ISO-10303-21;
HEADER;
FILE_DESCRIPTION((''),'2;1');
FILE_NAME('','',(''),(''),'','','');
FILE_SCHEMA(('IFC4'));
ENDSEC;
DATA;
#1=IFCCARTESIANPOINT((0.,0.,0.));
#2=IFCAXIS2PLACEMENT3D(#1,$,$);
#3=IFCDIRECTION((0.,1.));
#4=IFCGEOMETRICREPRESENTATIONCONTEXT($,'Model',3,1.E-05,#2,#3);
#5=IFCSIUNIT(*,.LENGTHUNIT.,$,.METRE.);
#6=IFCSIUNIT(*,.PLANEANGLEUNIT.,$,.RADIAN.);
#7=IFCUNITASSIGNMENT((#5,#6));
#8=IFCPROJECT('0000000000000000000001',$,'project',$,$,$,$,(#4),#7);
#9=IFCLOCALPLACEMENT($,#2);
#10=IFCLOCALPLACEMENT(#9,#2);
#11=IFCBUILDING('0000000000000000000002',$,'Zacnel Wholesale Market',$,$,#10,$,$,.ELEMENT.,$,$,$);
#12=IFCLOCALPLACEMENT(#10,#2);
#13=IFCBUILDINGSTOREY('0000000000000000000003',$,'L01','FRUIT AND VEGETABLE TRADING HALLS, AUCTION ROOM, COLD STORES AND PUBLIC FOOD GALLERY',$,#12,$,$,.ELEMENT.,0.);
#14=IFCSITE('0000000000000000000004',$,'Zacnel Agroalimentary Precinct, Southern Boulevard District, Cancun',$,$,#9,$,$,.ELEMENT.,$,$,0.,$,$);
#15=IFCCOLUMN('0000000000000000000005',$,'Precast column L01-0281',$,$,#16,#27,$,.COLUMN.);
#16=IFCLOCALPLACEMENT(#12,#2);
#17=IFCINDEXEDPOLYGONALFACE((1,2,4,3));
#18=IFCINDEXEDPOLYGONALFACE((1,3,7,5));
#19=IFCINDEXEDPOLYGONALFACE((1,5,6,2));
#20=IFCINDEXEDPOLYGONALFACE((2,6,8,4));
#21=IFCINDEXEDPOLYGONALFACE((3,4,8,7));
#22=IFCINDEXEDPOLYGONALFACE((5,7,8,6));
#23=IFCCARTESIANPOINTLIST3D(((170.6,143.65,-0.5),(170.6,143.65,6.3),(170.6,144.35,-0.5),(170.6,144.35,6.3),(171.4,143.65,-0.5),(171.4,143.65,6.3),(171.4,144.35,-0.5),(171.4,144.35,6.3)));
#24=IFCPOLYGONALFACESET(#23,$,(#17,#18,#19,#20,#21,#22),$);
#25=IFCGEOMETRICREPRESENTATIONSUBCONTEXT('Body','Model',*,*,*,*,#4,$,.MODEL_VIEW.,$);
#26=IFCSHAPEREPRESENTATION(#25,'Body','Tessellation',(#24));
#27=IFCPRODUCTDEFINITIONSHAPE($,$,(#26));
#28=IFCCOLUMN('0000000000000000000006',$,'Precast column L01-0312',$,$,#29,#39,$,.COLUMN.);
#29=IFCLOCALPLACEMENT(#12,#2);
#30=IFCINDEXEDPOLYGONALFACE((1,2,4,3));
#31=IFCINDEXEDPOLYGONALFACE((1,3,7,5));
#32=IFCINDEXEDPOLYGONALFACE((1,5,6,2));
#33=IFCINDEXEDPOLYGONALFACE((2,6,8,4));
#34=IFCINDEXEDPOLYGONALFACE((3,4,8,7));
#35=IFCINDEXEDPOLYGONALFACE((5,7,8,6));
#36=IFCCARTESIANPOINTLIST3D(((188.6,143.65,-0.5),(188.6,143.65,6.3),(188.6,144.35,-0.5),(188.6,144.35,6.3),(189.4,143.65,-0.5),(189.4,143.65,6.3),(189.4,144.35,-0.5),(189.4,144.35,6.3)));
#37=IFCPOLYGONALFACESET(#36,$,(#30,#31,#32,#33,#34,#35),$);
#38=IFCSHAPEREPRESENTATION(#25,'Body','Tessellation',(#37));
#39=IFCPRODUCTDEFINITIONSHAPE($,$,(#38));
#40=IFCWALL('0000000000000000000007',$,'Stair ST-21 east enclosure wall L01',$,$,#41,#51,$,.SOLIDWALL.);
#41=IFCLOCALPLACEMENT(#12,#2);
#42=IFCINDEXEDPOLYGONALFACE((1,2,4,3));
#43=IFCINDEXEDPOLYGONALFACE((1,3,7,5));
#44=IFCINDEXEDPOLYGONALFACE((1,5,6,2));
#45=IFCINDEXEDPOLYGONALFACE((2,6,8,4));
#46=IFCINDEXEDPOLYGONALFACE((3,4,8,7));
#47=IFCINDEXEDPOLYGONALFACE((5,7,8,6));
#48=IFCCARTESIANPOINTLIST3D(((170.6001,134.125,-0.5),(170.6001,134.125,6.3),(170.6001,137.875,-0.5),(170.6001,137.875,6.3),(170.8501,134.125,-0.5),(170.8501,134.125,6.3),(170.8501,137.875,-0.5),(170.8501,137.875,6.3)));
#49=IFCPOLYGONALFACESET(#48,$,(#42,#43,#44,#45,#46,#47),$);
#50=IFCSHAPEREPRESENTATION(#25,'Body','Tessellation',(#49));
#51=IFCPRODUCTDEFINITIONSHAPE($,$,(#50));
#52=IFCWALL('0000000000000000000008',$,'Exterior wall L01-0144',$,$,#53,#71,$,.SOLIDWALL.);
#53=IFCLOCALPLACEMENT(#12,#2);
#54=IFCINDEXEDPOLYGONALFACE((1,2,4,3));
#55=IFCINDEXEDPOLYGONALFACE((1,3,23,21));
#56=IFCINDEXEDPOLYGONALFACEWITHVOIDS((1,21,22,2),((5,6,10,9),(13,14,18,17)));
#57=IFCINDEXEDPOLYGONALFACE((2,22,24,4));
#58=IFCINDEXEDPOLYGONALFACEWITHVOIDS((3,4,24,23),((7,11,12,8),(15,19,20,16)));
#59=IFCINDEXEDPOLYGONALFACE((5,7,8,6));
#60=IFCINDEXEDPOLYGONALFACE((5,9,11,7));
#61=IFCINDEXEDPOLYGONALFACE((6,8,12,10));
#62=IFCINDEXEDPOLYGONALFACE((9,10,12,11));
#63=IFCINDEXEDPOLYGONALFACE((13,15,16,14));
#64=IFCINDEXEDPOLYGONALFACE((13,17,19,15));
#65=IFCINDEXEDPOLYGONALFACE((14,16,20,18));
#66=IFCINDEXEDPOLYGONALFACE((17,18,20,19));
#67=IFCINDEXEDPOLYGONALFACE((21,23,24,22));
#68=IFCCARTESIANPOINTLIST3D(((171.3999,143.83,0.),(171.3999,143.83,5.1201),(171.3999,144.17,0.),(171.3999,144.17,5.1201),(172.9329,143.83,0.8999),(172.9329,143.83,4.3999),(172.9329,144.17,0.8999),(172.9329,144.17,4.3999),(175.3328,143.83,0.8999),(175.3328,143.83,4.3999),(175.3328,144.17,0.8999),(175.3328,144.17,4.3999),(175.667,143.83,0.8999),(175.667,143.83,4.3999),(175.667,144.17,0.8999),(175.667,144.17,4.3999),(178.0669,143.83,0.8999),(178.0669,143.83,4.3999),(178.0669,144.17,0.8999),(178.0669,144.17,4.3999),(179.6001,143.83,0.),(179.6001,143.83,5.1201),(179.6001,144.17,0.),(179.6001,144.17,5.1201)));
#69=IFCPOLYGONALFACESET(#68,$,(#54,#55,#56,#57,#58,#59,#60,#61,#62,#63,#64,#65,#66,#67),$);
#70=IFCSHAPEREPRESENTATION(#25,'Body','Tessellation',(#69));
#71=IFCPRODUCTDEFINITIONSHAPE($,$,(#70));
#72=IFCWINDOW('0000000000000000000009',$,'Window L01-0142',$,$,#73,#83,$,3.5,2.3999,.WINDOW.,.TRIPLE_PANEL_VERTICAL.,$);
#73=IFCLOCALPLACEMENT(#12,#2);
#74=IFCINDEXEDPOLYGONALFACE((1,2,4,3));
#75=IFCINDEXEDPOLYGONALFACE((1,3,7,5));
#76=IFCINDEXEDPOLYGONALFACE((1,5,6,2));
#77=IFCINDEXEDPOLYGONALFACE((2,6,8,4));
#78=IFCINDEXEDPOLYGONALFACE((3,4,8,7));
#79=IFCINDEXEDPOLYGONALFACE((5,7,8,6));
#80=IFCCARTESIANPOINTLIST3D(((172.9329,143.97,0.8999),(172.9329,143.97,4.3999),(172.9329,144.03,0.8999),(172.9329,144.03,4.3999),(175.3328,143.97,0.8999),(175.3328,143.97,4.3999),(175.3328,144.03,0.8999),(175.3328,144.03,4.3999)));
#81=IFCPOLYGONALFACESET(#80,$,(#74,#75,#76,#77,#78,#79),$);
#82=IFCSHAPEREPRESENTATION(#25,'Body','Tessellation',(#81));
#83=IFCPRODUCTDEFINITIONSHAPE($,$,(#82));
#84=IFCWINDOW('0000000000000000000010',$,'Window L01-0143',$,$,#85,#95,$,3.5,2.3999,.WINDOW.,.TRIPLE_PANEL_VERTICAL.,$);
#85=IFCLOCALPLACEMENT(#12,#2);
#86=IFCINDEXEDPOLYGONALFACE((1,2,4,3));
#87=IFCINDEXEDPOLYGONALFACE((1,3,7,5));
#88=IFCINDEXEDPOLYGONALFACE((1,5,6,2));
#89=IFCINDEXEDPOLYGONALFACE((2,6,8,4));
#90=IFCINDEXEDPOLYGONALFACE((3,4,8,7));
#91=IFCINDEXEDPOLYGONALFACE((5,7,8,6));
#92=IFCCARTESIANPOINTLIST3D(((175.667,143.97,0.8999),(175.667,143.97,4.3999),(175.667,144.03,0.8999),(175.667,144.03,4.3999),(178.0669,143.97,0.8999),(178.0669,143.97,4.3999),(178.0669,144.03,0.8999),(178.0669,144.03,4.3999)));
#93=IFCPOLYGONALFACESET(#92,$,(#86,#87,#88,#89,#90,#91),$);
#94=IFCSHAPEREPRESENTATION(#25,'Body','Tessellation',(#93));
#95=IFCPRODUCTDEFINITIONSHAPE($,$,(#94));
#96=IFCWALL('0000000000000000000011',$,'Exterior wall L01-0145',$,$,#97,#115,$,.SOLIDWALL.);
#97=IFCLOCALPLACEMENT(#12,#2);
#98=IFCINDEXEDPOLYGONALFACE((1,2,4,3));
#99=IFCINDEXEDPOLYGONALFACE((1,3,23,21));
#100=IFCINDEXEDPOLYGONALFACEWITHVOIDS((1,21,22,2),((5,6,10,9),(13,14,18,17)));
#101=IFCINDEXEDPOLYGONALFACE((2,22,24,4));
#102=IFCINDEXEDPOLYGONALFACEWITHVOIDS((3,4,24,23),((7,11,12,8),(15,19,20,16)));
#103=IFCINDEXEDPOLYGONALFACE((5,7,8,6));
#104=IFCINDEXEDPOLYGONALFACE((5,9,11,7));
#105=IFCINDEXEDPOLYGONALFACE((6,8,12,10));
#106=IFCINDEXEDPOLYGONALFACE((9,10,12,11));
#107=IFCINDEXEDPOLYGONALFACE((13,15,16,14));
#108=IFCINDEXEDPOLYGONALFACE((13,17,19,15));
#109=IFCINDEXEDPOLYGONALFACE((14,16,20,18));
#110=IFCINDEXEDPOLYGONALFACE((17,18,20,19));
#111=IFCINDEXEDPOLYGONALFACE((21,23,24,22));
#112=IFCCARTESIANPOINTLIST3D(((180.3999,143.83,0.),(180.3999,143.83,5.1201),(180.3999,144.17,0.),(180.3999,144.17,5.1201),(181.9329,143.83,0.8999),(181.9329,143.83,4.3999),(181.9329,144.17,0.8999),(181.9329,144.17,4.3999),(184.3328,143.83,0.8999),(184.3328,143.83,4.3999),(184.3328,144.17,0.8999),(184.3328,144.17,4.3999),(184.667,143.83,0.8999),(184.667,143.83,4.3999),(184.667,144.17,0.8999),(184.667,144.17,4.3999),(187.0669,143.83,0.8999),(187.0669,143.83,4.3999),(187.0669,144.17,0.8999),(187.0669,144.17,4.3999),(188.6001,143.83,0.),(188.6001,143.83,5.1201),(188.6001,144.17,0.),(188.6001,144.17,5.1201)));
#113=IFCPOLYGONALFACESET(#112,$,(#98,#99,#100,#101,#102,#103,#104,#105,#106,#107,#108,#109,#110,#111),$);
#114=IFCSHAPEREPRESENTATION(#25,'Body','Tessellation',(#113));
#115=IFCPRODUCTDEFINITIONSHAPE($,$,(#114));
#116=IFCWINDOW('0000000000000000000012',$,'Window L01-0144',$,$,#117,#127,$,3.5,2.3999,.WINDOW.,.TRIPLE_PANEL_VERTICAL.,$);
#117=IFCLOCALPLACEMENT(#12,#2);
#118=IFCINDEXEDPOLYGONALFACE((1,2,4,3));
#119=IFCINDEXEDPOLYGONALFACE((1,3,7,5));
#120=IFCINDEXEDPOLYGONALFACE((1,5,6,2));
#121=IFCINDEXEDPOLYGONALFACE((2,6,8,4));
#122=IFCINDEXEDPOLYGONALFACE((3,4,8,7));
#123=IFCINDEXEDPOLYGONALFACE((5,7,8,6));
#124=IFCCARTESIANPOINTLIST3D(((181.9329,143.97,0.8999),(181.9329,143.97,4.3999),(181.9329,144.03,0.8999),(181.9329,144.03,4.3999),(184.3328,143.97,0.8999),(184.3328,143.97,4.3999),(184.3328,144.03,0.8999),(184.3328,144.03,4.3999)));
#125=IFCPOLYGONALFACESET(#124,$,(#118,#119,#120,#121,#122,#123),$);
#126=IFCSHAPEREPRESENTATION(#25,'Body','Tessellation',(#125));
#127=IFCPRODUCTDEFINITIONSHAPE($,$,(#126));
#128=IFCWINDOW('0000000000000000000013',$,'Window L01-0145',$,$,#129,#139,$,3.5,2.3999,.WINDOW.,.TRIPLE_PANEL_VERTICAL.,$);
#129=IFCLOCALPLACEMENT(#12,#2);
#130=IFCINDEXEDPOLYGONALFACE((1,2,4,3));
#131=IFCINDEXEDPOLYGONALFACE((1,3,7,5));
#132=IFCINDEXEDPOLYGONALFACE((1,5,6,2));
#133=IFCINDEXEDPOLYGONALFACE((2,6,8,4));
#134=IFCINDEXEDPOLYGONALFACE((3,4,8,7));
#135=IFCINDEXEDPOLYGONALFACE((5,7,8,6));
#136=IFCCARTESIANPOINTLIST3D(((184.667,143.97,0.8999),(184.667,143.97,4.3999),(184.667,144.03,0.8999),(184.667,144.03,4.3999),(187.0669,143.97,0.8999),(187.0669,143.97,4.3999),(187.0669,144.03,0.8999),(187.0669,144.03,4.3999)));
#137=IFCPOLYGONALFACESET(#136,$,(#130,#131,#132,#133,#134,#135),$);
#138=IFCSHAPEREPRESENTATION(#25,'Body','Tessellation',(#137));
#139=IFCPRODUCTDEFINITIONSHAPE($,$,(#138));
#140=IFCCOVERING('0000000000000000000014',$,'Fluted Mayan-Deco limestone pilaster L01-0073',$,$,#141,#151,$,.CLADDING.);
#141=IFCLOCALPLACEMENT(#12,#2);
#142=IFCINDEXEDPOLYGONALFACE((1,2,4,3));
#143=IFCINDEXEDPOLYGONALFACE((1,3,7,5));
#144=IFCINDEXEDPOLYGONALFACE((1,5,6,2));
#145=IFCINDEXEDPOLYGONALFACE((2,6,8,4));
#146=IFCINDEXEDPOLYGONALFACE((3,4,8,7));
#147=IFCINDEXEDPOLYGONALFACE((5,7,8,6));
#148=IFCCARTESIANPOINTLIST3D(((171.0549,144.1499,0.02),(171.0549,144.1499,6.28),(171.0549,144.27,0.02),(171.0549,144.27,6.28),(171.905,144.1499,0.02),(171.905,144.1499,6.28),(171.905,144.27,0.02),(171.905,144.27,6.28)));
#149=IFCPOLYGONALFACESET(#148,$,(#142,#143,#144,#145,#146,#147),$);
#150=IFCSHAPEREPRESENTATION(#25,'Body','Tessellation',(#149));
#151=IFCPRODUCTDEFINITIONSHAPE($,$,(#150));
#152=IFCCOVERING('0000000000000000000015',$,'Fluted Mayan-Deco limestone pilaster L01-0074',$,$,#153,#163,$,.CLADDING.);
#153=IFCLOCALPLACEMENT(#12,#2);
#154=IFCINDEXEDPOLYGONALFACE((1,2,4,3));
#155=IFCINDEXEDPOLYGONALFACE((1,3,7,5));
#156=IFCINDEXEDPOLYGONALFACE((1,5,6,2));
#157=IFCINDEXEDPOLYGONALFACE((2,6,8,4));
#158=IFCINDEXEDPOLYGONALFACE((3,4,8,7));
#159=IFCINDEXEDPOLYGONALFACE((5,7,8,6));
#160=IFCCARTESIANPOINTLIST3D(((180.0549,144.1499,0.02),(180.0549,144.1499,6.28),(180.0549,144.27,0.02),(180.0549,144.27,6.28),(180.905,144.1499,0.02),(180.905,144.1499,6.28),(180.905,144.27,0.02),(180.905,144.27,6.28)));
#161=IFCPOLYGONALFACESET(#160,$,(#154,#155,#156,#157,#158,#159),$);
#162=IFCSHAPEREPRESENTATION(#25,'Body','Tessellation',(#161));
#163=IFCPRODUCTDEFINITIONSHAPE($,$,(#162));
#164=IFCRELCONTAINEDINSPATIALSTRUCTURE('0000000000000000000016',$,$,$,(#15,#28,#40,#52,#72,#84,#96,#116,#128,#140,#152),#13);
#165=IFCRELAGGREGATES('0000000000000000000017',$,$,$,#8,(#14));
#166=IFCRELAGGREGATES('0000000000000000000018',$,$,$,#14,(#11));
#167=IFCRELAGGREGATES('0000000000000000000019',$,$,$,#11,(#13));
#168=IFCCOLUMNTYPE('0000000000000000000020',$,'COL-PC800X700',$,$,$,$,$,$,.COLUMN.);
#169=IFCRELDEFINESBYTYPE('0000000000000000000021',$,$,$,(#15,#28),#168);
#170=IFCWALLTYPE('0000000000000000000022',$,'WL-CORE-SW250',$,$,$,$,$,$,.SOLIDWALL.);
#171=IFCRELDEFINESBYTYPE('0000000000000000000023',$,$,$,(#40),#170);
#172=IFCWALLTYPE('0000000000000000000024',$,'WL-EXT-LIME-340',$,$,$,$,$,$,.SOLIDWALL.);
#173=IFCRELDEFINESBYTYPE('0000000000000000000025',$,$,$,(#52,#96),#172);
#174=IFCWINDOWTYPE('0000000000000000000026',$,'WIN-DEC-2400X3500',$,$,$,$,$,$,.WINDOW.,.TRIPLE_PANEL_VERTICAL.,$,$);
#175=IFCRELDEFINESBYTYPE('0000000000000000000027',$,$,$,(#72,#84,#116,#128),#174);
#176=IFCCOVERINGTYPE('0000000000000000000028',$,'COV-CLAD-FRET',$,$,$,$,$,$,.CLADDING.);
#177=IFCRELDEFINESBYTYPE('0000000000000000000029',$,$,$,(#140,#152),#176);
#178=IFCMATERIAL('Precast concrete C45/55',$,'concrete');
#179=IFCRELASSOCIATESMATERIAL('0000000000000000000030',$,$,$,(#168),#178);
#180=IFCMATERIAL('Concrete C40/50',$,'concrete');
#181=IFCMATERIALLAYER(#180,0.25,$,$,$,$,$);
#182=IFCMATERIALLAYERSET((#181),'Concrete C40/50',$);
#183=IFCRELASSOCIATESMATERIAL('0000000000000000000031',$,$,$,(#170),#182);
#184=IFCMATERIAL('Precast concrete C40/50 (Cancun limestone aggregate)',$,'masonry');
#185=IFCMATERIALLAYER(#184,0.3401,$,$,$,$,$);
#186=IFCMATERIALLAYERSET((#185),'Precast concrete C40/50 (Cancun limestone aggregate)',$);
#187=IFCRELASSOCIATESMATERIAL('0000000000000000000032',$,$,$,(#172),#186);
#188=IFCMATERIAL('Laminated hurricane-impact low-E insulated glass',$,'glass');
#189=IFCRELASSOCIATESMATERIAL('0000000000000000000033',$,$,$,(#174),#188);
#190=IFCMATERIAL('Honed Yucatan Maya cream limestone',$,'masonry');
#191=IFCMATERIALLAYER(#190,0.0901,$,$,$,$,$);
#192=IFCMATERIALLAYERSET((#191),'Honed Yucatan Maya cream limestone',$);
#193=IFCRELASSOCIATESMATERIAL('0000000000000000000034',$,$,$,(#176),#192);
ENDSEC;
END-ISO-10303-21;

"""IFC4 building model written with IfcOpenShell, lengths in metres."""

from ifc_helpers import new_model, si_unit, direction, frame, frame_2d, origin, origin_2d, place, context, subcontext, project, spatial, rectangle, extrude, material, layer, layer_set, material_profile, profile_set, type_object, element, fill, save


model = new_model("IFC4")

# Units and contexts
model_context = context("Model", 3, precision=1e-05, world=origin(), true_north=direction((0.0, 1.0)))
body_context = subcontext(model_context, "Body", "Model", "MODEL_VIEW")
ifc_project = project(units=[si_unit("LENGTHUNIT", "METRE"), si_unit("PLANEANGLEUNIT", "RADIAN")], contexts=[model_context])

# Site, building, storey
site_placement = place(None, origin())
site = spatial("IfcSite", under=ifc_project, at=site_placement, Name="Zacnel Agroalimentary Precinct, Southern Boulevard District, Cancun", CompositionType="ELEMENT", RefElevation=0.0)
building_placement = place(site_placement, origin())
building = spatial("IfcBuilding", under=site, at=building_placement, Name="Zacnel Wholesale Market", CompositionType="ELEMENT")
storey_placement = place(building_placement, origin())
storey = spatial("IfcBuildingStorey", under=building, at=storey_placement, Name="L01", Description="FRUIT AND VEGETABLE TRADING HALLS, AUCTION ROOM, COLD STORES AND PUBLIC FOOD GALLERY", CompositionType="ELEMENT", Elevation=0.0)

# Columns
ifc_material_1 = material(Name="Precast concrete C45/55", Category="concrete")
ifc_material_profile_1 = material_profile(ifc_material_1, rectangle(XDim=0.8, YDim=0.7, at=origin_2d()), Name="PC 800x700")
ifc_profile_set_1 = profile_set([ifc_material_profile_1], Name="Precast concrete C45/55")
column_type_1 = type_object("IfcColumnType", Name="COL-PC800X700", PredefinedType="COLUMN", material=ifc_profile_set_1)
for number, where, z_axis, x_axis, name in (
    (1, (171.0, 144.0, -0.5), (0.0, 0.0, 1.0), (1.0, 0.0, 0.0), "Precast column L01-0281"),
    (2, (189.0, 144.0, -0.5), (0.0, 0.0, 1.0), (1.0, 0.0, 0.0), "Precast column L01-0312"),
):
    element("IfcColumn", number, at=place(storey_placement, frame(where, z_axis=z_axis, x_axis=x_axis)), inside=storey, type_object=column_type_1, Name=name, PredefinedType="COLUMN", context=body_context, shape_type="SweptSolid", body=[
        extrude(rectangle(XDim=0.8, YDim=0.7, at=origin_2d()), origin(), (0.0, 0.0, 1.0), 6.8),
    ])

# Wall
ifc_material_2 = material(Name="Concrete C40/50", Category="concrete")
ifc_layer_1 = layer(ifc_material_2, 0.25)
ifc_layer_set_1 = layer_set([ifc_layer_1], Name="Concrete C40/50")
wall_type_1 = type_object("IfcWallType", Name="WL-CORE-SW250", PredefinedType="SOLIDWALL", material=ifc_layer_set_1)
wall_1_placement = place(storey_placement, frame((170.7251, 134.125, -0.5), z_axis=(0.0, 0.0, 1.0), x_axis=(0.0, 1.0, 0.0)))
element("IfcWall", 3, at=wall_1_placement, inside=storey, type_object=wall_type_1, Name="Stair ST-21 east enclosure wall L01", PredefinedType="SOLIDWALL", context=body_context, shape_type="SweptSolid", body=[
    extrude(rectangle(XDim=3.75, YDim=0.25, at=frame_2d((1.875, 0.0))), origin(), (0.0, 0.0, 1.0), 6.8),
])

# Walls, openings, windows
ifc_material_3 = material(Name="Precast concrete C40/50 (Cancun limestone aggregate)", Category="masonry")
ifc_layer_2 = layer(ifc_material_3, 0.3401)
ifc_layer_set_2 = layer_set([ifc_layer_2], Name="Precast concrete C40/50 (Cancun limestone aggregate)")
wall_type_2 = type_object("IfcWallType", Name="WL-EXT-LIME-340", PredefinedType="SOLIDWALL", material=ifc_layer_set_2)
wall_2_placement = place(storey_placement, frame((171.3999, 144.0, 0.0), z_axis=(0.0, 0.0, 1.0), x_axis=(1.0, 0.0, 0.0)))
wall_2 = element("IfcWall", 4, at=wall_2_placement, inside=storey, type_object=wall_type_2, Name="Exterior wall L01-0144", PredefinedType="SOLIDWALL", context=body_context, shape_type="SweptSolid", body=[
    extrude(rectangle(XDim=8.2002, YDim=0.3401, at=frame_2d((4.1001, 0.0))), origin(), (0.0, 0.0, 1.0), 5.1201),
])
opening_1_placement = place(wall_2_placement, frame((1.533, 0.0, 0.8999)))
opening_1 = element("IfcOpeningElement", 5, at=opening_1_placement, cuts=wall_2, PredefinedType="OPENING", context=body_context, shape_type="SweptSolid", body=[
    extrude(rectangle(XDim=2.3999, YDim=3.5, at=frame_2d((1.2, 1.75))), frame((0.0, 0.1799, 0.0), z_axis=(0.0, -1.0, 0.0), x_axis=(1.0, 0.0, 0.0)), (0.0, 0.0, 1.0), 0.3601),
])
opening_2_placement = place(wall_2_placement, frame((4.2671, 0.0, 0.8999)))
opening_2 = element("IfcOpeningElement", 6, at=opening_2_placement, cuts=wall_2, PredefinedType="OPENING", context=body_context, shape_type="SweptSolid", body=[
    extrude(rectangle(XDim=2.3999, YDim=3.5, at=frame_2d((1.2, 1.75))), frame((0.0, 0.1799, 0.0), z_axis=(0.0, -1.0, 0.0), x_axis=(1.0, 0.0, 0.0)), (0.0, 0.0, 1.0), 0.3601),
])
ifc_material_4 = material(Name="Laminated hurricane-impact low-E insulated glass", Category="glass")
window_type = type_object("IfcWindowType", Name="WIN-DEC-2400X3500", PartitioningType="TRIPLE_PANEL_VERTICAL", PredefinedType="WINDOW", material=ifc_material_4)
window_1_placement = place(opening_1_placement, origin())
window_1 = element("IfcWindow", 7, at=window_1_placement, inside=storey, type_object=window_type, Name="Window L01-0142", OverallHeight=3.5, OverallWidth=2.3999, PartitioningType="TRIPLE_PANEL_VERTICAL", PredefinedType="WINDOW", context=body_context, shape_type="SweptSolid", body=[
    extrude(rectangle(XDim=2.3999, YDim=3.5, at=frame_2d((1.2, 1.75))), frame((0.0, 0.03, 0.0), z_axis=(0.0, -1.0, 0.0), x_axis=(1.0, 0.0, 0.0)), (0.0, 0.0, 1.0), 0.0601),
])
fill(opening_1, window_1)
window_2_placement = place(opening_2_placement, origin())
window_2 = element("IfcWindow", 8, at=window_2_placement, inside=storey, type_object=window_type, Name="Window L01-0143", OverallHeight=3.5, OverallWidth=2.3999, PartitioningType="TRIPLE_PANEL_VERTICAL", PredefinedType="WINDOW", context=body_context, shape_type="SweptSolid", body=[
    extrude(rectangle(XDim=2.3999, YDim=3.5, at=frame_2d((1.2, 1.75))), frame((0.0, 0.03, 0.0), z_axis=(0.0, -1.0, 0.0), x_axis=(1.0, 0.0, 0.0)), (0.0, 0.0, 1.0), 0.0601),
])
fill(opening_2, window_2)
wall_3_placement = place(storey_placement, frame((180.3999, 144.0, 0.0), z_axis=(0.0, 0.0, 1.0), x_axis=(1.0, 0.0, 0.0)))
wall_3 = element("IfcWall", 9, at=wall_3_placement, inside=storey, type_object=wall_type_2, Name="Exterior wall L01-0145", PredefinedType="SOLIDWALL", context=body_context, shape_type="SweptSolid", body=[
    extrude(rectangle(XDim=8.2002, YDim=0.3401, at=frame_2d((4.1001, 0.0))), origin(), (0.0, 0.0, 1.0), 5.1201),
])
opening_3_placement = place(wall_3_placement, frame((1.533, 0.0, 0.8999)))
opening_3 = element("IfcOpeningElement", 10, at=opening_3_placement, cuts=wall_3, PredefinedType="OPENING", context=body_context, shape_type="SweptSolid", body=[
    extrude(rectangle(XDim=2.3999, YDim=3.5, at=frame_2d((1.2, 1.75))), frame((0.0, 0.1799, 0.0), z_axis=(0.0, -1.0, 0.0), x_axis=(1.0, 0.0, 0.0)), (0.0, 0.0, 1.0), 0.3601),
])
opening_4_placement = place(wall_3_placement, frame((4.2671, 0.0, 0.8999)))
opening_4 = element("IfcOpeningElement", 11, at=opening_4_placement, cuts=wall_3, PredefinedType="OPENING", context=body_context, shape_type="SweptSolid", body=[
    extrude(rectangle(XDim=2.3999, YDim=3.5, at=frame_2d((1.2, 1.75))), frame((0.0, 0.1799, 0.0), z_axis=(0.0, -1.0, 0.0), x_axis=(1.0, 0.0, 0.0)), (0.0, 0.0, 1.0), 0.3601),
])
window_3_placement = place(opening_3_placement, origin())
window_3 = element("IfcWindow", 12, at=window_3_placement, inside=storey, type_object=window_type, Name="Window L01-0144", OverallHeight=3.5, OverallWidth=2.3999, PartitioningType="TRIPLE_PANEL_VERTICAL", PredefinedType="WINDOW", context=body_context, shape_type="SweptSolid", body=[
    extrude(rectangle(XDim=2.3999, YDim=3.5, at=frame_2d((1.2, 1.75))), frame((0.0, 0.03, 0.0), z_axis=(0.0, -1.0, 0.0), x_axis=(1.0, 0.0, 0.0)), (0.0, 0.0, 1.0), 0.0601),
])
fill(opening_3, window_3)
window_4_placement = place(opening_4_placement, origin())
window_4 = element("IfcWindow", 13, at=window_4_placement, inside=storey, type_object=window_type, Name="Window L01-0145", OverallHeight=3.5, OverallWidth=2.3999, PartitioningType="TRIPLE_PANEL_VERTICAL", PredefinedType="WINDOW", context=body_context, shape_type="SweptSolid", body=[
    extrude(rectangle(XDim=2.3999, YDim=3.5, at=frame_2d((1.2, 1.75))), frame((0.0, 0.03, 0.0), z_axis=(0.0, -1.0, 0.0), x_axis=(1.0, 0.0, 0.0)), (0.0, 0.0, 1.0), 0.0601),
])
fill(opening_4, window_4)

# Coverings
ifc_material_5 = material(Name="Honed Yucatan Maya cream limestone", Category="masonry")
ifc_layer_3 = layer(ifc_material_5, 0.0901)
ifc_layer_set_3 = layer_set([ifc_layer_3], Name="Honed Yucatan Maya cream limestone")
covering_type = type_object("IfcCoveringType", Name="COV-CLAD-FRET", PredefinedType="CLADDING", material=ifc_layer_set_3)
for number, where, z_axis, x_axis, name in (
    (14, (171.48, 144.21, 0.02), (0.0, 0.0, 1.0), (1.0, 0.0, 0.0), "Fluted Mayan-Deco limestone pilaster L01-0073"),
    (15, (180.48, 144.21, 0.02), (0.0, 0.0, 1.0), (1.0, 0.0, 0.0), "Fluted Mayan-Deco limestone pilaster L01-0074"),
):
    element("IfcCovering", number, at=place(storey_placement, frame(where, z_axis=z_axis, x_axis=x_axis)), inside=storey, type_object=covering_type, Name=name, PredefinedType="CLADDING", context=body_context, shape_type="SweptSolid", body=[
        extrude(rectangle(XDim=0.8501, YDim=0.1201, at=origin_2d()), origin(), (0.0, 0.0, 1.0), 6.26),
    ])

save(model, "model.ifc")
